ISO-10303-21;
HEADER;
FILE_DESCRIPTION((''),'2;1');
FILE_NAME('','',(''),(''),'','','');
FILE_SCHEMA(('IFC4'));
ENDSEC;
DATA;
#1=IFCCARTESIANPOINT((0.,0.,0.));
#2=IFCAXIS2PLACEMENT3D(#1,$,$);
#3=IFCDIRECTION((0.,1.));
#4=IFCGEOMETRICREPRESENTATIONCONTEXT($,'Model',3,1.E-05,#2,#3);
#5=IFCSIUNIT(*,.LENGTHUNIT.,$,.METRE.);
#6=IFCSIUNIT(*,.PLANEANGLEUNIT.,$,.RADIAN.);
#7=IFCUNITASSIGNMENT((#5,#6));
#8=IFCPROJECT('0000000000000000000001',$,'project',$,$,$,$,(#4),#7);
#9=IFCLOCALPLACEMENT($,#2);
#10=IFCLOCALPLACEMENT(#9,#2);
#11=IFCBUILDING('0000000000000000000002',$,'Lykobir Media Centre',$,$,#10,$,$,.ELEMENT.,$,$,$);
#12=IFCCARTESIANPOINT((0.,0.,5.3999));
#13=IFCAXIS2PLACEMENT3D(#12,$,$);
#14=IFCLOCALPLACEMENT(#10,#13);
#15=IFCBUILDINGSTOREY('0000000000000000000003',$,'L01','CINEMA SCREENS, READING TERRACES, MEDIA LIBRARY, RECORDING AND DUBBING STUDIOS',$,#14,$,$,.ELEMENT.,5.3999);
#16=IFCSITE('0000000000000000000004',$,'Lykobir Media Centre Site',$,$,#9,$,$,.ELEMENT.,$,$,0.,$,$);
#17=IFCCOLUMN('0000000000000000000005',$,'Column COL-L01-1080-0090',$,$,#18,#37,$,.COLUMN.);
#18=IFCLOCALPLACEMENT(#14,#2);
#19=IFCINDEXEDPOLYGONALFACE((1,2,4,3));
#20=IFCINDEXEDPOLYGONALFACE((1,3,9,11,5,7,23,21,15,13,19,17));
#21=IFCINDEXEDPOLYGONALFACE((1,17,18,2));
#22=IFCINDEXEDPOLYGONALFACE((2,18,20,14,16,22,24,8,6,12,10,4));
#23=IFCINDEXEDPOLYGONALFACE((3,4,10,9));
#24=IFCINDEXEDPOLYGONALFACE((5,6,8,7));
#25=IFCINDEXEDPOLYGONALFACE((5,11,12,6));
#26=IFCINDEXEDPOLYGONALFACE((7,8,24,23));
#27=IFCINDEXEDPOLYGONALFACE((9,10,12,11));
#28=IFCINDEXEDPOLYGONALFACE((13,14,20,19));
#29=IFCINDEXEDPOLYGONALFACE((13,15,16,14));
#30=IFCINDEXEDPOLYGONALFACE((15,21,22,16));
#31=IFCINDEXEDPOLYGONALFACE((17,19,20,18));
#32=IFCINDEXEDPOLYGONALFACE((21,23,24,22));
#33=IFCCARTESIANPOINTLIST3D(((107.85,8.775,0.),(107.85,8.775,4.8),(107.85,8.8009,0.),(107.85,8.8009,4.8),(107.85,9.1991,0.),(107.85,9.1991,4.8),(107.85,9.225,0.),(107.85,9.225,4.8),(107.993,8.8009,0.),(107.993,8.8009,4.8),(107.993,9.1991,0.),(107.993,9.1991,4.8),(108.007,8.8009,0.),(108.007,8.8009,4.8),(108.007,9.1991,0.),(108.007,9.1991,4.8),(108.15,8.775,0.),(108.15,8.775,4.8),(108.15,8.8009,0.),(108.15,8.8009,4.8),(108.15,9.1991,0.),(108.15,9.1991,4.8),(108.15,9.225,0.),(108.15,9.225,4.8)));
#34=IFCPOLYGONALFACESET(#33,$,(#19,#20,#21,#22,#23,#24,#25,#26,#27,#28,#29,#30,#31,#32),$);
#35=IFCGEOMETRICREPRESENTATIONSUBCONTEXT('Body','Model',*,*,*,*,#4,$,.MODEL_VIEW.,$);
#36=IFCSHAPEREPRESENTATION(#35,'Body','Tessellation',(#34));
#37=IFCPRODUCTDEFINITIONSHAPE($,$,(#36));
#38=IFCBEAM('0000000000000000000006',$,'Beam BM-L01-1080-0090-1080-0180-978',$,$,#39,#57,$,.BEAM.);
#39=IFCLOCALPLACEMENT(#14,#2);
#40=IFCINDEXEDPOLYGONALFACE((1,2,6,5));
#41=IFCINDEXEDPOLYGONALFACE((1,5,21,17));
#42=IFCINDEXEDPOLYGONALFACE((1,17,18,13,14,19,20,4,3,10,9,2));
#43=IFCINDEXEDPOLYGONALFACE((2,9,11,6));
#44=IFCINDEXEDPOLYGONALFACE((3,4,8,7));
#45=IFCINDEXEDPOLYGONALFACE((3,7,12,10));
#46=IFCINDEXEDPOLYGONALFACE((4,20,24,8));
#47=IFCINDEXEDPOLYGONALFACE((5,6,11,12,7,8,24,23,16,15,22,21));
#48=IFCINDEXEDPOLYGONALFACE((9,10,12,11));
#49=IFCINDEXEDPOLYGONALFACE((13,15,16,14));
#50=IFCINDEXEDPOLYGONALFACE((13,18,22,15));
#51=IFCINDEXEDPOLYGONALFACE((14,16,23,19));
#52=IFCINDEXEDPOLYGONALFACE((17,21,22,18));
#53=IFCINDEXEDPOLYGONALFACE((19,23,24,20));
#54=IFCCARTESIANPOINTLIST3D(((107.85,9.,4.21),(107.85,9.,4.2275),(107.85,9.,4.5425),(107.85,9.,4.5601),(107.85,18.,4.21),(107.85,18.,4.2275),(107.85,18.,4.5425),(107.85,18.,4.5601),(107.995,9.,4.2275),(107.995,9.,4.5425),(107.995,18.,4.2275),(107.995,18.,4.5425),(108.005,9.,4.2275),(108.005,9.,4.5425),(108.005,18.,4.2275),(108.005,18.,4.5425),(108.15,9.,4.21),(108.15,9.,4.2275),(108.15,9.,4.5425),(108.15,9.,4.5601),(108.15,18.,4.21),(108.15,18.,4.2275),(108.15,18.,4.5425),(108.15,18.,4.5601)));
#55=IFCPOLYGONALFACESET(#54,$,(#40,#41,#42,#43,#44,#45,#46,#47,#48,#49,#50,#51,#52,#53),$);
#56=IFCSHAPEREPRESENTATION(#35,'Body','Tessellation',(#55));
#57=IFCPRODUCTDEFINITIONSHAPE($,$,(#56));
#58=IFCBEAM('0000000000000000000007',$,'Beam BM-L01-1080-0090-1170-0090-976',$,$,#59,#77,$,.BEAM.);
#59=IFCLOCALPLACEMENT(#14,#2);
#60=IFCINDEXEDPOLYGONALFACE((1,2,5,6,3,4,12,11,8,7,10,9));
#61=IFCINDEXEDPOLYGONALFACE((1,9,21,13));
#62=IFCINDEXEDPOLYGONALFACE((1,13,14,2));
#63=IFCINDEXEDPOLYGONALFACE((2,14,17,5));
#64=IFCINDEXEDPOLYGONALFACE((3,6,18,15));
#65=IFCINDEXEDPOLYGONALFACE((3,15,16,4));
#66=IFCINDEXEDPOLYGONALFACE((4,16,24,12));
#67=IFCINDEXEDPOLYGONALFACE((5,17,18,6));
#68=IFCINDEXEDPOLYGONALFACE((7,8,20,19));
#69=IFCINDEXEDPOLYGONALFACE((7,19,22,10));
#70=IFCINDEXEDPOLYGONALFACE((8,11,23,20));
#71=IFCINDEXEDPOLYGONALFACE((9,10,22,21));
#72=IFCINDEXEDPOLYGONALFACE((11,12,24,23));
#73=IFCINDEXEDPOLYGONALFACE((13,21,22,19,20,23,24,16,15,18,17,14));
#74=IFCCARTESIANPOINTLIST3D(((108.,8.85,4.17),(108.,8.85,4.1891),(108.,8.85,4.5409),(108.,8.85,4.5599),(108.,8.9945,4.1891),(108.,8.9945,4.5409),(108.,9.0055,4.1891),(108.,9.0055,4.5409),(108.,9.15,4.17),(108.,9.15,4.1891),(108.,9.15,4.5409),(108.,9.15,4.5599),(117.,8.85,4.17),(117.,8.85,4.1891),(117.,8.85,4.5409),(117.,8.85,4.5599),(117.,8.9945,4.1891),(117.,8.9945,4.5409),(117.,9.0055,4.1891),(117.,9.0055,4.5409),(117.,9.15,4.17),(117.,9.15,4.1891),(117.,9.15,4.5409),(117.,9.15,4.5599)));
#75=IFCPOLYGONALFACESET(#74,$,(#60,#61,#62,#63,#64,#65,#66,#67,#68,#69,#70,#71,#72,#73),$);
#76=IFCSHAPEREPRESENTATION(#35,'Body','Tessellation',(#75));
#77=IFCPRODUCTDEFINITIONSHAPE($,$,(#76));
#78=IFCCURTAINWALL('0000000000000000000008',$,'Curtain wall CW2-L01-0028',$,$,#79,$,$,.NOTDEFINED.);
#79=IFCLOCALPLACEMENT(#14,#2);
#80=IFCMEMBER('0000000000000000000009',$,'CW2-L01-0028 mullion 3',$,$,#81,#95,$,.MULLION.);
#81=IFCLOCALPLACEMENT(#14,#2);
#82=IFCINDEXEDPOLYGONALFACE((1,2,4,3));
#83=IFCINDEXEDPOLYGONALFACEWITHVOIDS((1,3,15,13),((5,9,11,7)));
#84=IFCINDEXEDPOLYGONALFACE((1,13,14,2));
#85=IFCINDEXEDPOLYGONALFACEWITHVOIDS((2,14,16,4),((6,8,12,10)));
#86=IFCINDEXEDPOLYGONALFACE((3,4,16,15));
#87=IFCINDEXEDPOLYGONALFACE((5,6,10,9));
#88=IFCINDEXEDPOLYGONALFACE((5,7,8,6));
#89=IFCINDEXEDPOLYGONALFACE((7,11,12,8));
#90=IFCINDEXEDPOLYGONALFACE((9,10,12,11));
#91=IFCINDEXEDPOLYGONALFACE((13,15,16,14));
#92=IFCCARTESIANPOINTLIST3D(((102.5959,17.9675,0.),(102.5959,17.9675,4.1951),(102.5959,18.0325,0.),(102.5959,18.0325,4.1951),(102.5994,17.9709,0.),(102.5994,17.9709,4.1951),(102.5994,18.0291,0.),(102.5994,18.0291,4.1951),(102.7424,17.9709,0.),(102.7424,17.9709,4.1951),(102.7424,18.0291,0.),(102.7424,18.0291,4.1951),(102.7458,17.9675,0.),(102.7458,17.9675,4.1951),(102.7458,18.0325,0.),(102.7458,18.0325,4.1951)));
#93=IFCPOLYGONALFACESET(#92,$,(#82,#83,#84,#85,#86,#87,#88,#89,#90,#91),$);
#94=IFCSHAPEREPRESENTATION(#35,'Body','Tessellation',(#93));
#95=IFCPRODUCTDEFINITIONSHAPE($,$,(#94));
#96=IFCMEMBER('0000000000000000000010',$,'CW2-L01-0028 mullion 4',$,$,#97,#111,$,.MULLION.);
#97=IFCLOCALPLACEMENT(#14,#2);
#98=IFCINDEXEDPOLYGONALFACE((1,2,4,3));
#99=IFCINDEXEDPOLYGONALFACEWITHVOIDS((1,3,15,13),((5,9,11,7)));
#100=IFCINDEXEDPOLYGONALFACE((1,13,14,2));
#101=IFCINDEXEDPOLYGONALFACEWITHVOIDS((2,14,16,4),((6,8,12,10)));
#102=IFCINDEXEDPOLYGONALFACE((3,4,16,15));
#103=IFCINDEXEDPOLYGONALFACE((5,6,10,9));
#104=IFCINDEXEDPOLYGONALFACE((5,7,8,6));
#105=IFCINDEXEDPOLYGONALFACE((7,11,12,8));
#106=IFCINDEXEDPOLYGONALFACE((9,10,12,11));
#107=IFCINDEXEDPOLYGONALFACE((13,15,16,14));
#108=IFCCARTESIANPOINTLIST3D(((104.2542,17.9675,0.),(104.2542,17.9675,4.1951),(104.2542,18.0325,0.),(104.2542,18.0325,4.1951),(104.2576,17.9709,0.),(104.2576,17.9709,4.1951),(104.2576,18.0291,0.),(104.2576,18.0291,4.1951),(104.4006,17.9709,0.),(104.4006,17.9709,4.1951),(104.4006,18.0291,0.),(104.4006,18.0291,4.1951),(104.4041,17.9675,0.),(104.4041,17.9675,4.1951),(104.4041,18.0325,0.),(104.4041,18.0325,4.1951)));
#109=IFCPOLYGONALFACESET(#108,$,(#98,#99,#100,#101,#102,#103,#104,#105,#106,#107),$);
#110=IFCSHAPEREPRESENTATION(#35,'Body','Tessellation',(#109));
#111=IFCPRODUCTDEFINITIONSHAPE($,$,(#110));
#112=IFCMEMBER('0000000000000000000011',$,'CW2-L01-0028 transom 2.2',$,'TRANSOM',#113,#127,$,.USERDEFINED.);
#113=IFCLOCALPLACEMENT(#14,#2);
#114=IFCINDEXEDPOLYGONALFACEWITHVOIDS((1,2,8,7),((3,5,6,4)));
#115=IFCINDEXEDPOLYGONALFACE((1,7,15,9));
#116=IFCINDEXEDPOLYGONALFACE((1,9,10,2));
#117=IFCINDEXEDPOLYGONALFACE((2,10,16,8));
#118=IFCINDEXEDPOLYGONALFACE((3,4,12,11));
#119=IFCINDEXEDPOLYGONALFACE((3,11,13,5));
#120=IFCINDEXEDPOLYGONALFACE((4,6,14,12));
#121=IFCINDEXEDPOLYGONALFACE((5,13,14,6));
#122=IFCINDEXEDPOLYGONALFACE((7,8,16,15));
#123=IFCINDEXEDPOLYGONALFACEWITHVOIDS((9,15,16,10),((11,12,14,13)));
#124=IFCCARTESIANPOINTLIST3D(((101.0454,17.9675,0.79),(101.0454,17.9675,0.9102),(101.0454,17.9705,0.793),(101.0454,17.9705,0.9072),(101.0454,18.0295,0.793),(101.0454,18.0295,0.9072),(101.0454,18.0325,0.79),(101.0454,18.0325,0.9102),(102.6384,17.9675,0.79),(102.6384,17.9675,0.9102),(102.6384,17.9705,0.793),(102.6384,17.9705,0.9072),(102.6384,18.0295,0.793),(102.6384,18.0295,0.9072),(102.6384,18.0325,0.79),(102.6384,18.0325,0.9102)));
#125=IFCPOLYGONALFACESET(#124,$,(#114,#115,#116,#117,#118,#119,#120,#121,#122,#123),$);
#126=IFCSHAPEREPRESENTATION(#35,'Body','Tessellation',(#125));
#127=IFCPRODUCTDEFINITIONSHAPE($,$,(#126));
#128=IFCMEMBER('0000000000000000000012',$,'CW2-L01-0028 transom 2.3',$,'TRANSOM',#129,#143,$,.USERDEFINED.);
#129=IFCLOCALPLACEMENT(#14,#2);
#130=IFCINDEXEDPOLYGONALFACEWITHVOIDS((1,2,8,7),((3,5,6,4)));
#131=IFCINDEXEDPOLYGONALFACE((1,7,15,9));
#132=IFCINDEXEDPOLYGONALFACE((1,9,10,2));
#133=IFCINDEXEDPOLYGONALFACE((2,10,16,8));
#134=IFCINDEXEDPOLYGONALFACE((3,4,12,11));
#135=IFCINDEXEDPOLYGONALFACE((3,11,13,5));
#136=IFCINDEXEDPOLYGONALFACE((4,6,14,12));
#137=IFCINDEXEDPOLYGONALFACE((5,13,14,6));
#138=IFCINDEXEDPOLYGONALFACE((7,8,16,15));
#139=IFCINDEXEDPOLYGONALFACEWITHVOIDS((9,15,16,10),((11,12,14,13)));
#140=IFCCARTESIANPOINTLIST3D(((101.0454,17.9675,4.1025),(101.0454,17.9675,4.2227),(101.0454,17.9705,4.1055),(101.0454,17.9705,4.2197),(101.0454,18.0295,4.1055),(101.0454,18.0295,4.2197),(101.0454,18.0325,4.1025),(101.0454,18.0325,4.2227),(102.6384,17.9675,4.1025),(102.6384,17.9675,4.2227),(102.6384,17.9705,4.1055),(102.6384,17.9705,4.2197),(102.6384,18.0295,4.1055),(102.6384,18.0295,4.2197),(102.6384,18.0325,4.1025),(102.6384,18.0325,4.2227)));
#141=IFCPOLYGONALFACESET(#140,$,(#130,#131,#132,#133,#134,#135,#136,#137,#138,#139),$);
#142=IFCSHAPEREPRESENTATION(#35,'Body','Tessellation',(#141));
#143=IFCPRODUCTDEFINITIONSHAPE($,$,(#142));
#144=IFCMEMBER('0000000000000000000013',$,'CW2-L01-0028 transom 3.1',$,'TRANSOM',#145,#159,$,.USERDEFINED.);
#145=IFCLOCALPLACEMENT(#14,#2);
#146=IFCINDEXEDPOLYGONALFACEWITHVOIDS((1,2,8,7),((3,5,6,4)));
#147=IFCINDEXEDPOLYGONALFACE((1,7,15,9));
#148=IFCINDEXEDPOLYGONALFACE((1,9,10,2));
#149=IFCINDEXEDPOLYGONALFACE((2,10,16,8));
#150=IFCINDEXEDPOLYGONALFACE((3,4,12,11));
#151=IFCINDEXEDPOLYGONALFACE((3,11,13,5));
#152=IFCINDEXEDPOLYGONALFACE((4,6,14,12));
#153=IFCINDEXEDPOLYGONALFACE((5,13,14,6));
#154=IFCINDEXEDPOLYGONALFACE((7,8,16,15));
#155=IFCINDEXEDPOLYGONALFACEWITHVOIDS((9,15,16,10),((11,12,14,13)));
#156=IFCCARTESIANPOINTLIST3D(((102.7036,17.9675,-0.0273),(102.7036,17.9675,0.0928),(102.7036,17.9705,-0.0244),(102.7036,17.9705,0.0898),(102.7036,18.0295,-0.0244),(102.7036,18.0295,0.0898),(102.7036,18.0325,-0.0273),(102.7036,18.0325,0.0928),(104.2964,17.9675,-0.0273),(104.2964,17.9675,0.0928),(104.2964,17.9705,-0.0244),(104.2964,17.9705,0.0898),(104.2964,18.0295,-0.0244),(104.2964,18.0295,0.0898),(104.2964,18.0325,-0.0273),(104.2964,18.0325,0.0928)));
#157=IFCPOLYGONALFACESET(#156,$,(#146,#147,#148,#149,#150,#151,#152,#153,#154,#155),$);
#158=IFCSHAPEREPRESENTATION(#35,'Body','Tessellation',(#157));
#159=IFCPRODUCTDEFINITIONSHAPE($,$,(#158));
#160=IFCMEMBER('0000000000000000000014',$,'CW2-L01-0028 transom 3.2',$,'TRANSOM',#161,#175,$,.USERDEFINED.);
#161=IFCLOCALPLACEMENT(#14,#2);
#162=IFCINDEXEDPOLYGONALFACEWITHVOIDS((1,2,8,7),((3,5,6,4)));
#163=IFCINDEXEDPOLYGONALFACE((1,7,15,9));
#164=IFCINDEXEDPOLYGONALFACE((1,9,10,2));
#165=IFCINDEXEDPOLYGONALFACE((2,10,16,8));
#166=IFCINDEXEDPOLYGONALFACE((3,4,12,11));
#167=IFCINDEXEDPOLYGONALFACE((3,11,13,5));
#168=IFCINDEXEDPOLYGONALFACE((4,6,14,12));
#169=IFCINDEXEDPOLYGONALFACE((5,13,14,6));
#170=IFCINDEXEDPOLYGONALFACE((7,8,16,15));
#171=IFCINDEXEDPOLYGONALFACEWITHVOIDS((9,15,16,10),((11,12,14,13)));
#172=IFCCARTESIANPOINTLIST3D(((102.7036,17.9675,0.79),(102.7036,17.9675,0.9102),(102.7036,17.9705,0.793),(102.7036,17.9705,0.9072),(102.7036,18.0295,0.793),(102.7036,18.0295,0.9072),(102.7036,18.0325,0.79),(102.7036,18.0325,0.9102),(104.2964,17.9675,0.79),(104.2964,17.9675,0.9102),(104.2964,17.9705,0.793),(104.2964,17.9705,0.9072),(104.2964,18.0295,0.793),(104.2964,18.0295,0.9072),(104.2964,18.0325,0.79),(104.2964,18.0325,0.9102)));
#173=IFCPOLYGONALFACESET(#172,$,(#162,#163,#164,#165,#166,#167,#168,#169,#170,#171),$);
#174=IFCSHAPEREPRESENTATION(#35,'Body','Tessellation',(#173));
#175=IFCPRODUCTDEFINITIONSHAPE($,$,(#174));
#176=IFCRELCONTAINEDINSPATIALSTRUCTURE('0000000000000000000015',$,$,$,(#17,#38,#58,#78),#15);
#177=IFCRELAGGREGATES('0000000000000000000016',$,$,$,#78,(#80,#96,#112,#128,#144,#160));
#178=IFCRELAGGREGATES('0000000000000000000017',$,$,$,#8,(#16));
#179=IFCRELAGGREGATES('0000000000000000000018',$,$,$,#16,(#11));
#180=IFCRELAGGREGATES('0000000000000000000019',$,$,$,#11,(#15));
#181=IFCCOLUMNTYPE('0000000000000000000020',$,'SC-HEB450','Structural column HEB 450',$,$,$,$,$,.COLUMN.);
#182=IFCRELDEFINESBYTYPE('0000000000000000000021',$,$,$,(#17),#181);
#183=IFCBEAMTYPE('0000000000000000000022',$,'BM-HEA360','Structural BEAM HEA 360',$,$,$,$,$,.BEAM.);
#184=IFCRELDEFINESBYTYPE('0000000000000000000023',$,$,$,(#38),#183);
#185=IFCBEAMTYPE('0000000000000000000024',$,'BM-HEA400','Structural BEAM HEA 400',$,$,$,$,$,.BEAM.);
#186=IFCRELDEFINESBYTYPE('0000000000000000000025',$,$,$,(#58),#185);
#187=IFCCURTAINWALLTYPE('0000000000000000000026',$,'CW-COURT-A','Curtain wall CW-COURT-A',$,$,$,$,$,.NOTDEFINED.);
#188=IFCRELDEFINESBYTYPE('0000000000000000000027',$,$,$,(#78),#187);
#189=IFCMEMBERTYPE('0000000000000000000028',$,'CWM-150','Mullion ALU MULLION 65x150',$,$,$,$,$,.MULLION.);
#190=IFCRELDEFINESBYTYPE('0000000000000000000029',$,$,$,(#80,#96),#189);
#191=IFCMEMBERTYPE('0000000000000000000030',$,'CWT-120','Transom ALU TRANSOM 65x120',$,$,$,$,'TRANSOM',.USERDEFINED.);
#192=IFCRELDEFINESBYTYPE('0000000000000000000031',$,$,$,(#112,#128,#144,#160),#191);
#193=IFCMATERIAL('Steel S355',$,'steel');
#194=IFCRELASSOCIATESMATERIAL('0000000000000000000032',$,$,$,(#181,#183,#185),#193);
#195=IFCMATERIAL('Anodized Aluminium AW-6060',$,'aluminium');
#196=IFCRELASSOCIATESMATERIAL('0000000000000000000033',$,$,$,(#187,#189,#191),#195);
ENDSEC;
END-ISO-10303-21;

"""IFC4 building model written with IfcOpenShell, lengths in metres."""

from ifc_helpers import new_model, si_unit, direction, frame, origin, origin_2d, place, context, subcontext, project, spatial, hollow_rectangle, i_section, extrude, material, material_profile, profile_set, type_object, element, aggregate, save


model = new_model("IFC4")

# Units and contexts
model_context = context("Model", 3, precision=1e-05, world=origin(), true_north=direction((0.0, 1.0)))
body_context = subcontext(model_context, "Body", "Model", "MODEL_VIEW")
ifc_project = project(units=[si_unit("LENGTHUNIT", "METRE"), si_unit("PLANEANGLEUNIT", "RADIAN")], contexts=[model_context])

# Site, building, storey
site_placement = place(None, origin())
site = spatial("IfcSite", under=ifc_project, at=site_placement, Name="Lykobir Media Centre Site", CompositionType="ELEMENT", RefElevation=0.0)
building_placement = place(site_placement, origin())
building = spatial("IfcBuilding", under=site, at=building_placement, Name="Lykobir Media Centre", CompositionType="ELEMENT")
storey_placement = place(building_placement, frame((0.0, 0.0, 5.3999)))
storey = spatial("IfcBuildingStorey", under=building, at=storey_placement, Name="L01", Description="CINEMA SCREENS, READING TERRACES, MEDIA LIBRARY, RECORDING AND DUBBING STUDIOS", CompositionType="ELEMENT", Elevation=5.3999)

# Column
ifc_material_1 = material(Name="Steel S355", Category="steel")
ifc_material_profile_1 = material_profile(ifc_material_1, i_section(OverallWidth=0.3, OverallDepth=0.45, WebThickness=0.0139, FlangeThickness=0.0259, at=origin_2d()), Name="HEB 450")
ifc_profile_set_1 = profile_set([ifc_material_profile_1], Name="Steel S355")
column_type = type_object("IfcColumnType", Name="SC-HEB450", Description="Structural column HEB 450", PredefinedType="COLUMN", material=ifc_profile_set_1)
column_placement = place(storey_placement, frame((108.0, 9.0, 0.0), z_axis=(0.0, 0.0, 1.0), x_axis=(1.0, 0.0, 0.0)))
element("IfcColumn", 1, at=column_placement, inside=storey, type_object=column_type, Name="Column COL-L01-1080-0090", PredefinedType="COLUMN", context=body_context, shape_type="SweptSolid", body=[
    extrude(i_section(OverallWidth=0.3, OverallDepth=0.45, WebThickness=0.0139, FlangeThickness=0.0259, at=origin_2d()), origin(), (0.0, 0.0, 1.0), 4.8),
])

# Beams
ifc_material_profile_2 = material_profile(ifc_material_1, i_section(OverallWidth=0.3, OverallDepth=0.3501, WebThickness=0.01, FlangeThickness=0.0176, at=origin_2d()), Name="HEA 360")
ifc_profile_set_2 = profile_set([ifc_material_profile_2], Name="Steel S355")
beam_type_1 = type_object("IfcBeamType", Name="BM-HEA360", Description="Structural BEAM HEA 360", PredefinedType="BEAM", material=ifc_profile_set_2)
beam_1_placement = place(storey_placement, frame((108.0, 9.0, 4.385), z_axis=(0.0, 1.0, 0.0), x_axis=(-1.0, 0.0, 0.0)))
element("IfcBeam", 2, at=beam_1_placement, inside=storey, type_object=beam_type_1, Name="Beam BM-L01-1080-0090-1080-0180-978", PredefinedType="BEAM", context=body_context, shape_type="SweptSolid", body=[
    extrude(i_section(OverallWidth=0.3, OverallDepth=0.3501, WebThickness=0.01, FlangeThickness=0.0176, at=origin_2d()), origin(), (0.0, 0.0, 1.0), 9.0),
])
ifc_material_profile_3 = material_profile(ifc_material_1, i_section(OverallWidth=0.3, OverallDepth=0.3899, WebThickness=0.011, FlangeThickness=0.019, at=origin_2d()), Name="HEA 400")
ifc_profile_set_3 = profile_set([ifc_material_profile_3], Name="Steel S355")
beam_type_2 = type_object("IfcBeamType", Name="BM-HEA400", Description="Structural BEAM HEA 400", PredefinedType="BEAM", material=ifc_profile_set_3)
beam_2_placement = place(storey_placement, frame((108.0, 9.0, 4.365), z_axis=(1.0, 0.0, 0.0), x_axis=(0.0, 1.0, 0.0)))
element("IfcBeam", 3, at=beam_2_placement, inside=storey, type_object=beam_type_2, Name="Beam BM-L01-1080-0090-1170-0090-976", PredefinedType="BEAM", context=body_context, shape_type="SweptSolid", body=[
    extrude(i_section(OverallWidth=0.3, OverallDepth=0.3899, WebThickness=0.011, FlangeThickness=0.019, at=origin_2d()), origin(), (0.0, 0.0, 1.0), 9.0),
])

# Curtain wall, members
ifc_material_2 = material(Name="Anodized Aluminium AW-6060", Category="aluminium")
curtain_wall_type = type_object("IfcCurtainWallType", Name="CW-COURT-A", Description="Curtain wall CW-COURT-A", PredefinedType="NOTDEFINED", material=ifc_material_2)
curtain_wall_placement = place(storey_placement, origin())
curtain_wall = element("IfcCurtainWall", 4, at=curtain_wall_placement, inside=storey, type_object=curtain_wall_type, Name="Curtain wall CW2-L01-0028", PredefinedType="NOTDEFINED")
ifc_material_profile_4 = material_profile(ifc_material_2, hollow_rectangle(XDim=0.0649, YDim=0.1499, WallThickness=0.0034, at=origin_2d()), Name="ALU MULLION 65x150")
ifc_profile_set_4 = profile_set([ifc_material_profile_4], Name="Anodized Aluminium AW-6060")
member_type_1 = type_object("IfcMemberType", Name="CWM-150", Description="Mullion ALU MULLION 65x150", PredefinedType="MULLION", material=ifc_profile_set_4)
member_1_placement = place(storey_placement, frame((102.6709, 18.0, 0.0), z_axis=(0.0, 0.0, 1.0), x_axis=(0.0, 1.0, 0.0)))
member_1 = element("IfcMember", 5, at=member_1_placement, type_object=member_type_1, Name="CW2-L01-0028 mullion 3", PredefinedType="MULLION", context=body_context, shape_type="SweptSolid", body=[
    extrude(hollow_rectangle(XDim=0.0649, YDim=0.1499, WallThickness=0.0034, at=origin_2d()), origin(), (0.0, 0.0, 1.0), 4.1951),
])
member_2_placement = place(storey_placement, frame((104.3291, 18.0, 0.0), z_axis=(0.0, 0.0, 1.0), x_axis=(0.0, 1.0, 0.0)))
member_2 = element("IfcMember", 6, at=member_2_placement, type_object=member_type_1, Name="CW2-L01-0028 mullion 4", PredefinedType="MULLION", context=body_context, shape_type="SweptSolid", body=[
    extrude(hollow_rectangle(XDim=0.0649, YDim=0.1499, WallThickness=0.0034, at=origin_2d()), origin(), (0.0, 0.0, 1.0), 4.1951),
])
ifc_material_profile_5 = material_profile(ifc_material_2, hollow_rectangle(XDim=0.0649, YDim=0.1201, WallThickness=0.0029, at=origin_2d()), Name="ALU TRANSOM 65x120")
ifc_profile_set_5 = profile_set([ifc_material_profile_5], Name="Anodized Aluminium AW-6060")
member_type_2 = type_object("IfcMemberType", Name="CWT-120", Description="Transom ALU TRANSOM 65x120", ElementType="TRANSOM", PredefinedType="USERDEFINED", material=ifc_profile_set_5)
member_3_placement = place(storey_placement, frame((101.0454, 18.0, 0.8501), z_axis=(1.0, 0.0, 0.0), x_axis=(0.0, 1.0, 0.0)))
member_3 = element("IfcMember", 7, at=member_3_placement, type_object=member_type_2, Name="CW2-L01-0028 transom 2.2", ObjectType="TRANSOM", PredefinedType="USERDEFINED", context=body_context, shape_type="SweptSolid", body=[
    extrude(hollow_rectangle(XDim=0.0649, YDim=0.1201, WallThickness=0.0029, at=origin_2d()), origin(), (0.0, 0.0, 1.0), 1.593),
])
member_4_placement = place(storey_placement, frame((101.0454, 18.0, 4.1626), z_axis=(1.0, 0.0, 0.0), x_axis=(0.0, 1.0, 0.0)))
member_4 = element("IfcMember", 8, at=member_4_placement, type_object=member_type_2, Name="CW2-L01-0028 transom 2.3", ObjectType="TRANSOM", PredefinedType="USERDEFINED", context=body_context, shape_type="SweptSolid", body=[
    extrude(hollow_rectangle(XDim=0.0649, YDim=0.1201, WallThickness=0.0029, at=origin_2d()), origin(), (0.0, 0.0, 1.0), 1.593),
])
member_5_placement = place(storey_placement, frame((102.7036, 18.0, 0.0327), z_axis=(1.0, 0.0, 0.0), x_axis=(0.0, 1.0, 0.0)))
member_5 = element("IfcMember", 9, at=member_5_placement, type_object=member_type_2, Name="CW2-L01-0028 transom 3.1", ObjectType="TRANSOM", PredefinedType="USERDEFINED", context=body_context, shape_type="SweptSolid", body=[
    extrude(hollow_rectangle(XDim=0.0649, YDim=0.1201, WallThickness=0.0029, at=origin_2d()), origin(), (0.0, 0.0, 1.0), 1.5928),
])
member_6_placement = place(storey_placement, frame((102.7036, 18.0, 0.8501), z_axis=(1.0, 0.0, 0.0), x_axis=(0.0, 1.0, 0.0)))
member_6 = element("IfcMember", 10, at=member_6_placement, type_object=member_type_2, Name="CW2-L01-0028 transom 3.2", ObjectType="TRANSOM", PredefinedType="USERDEFINED", context=body_context, shape_type="SweptSolid", body=[
    extrude(hollow_rectangle(XDim=0.0649, YDim=0.1201, WallThickness=0.0029, at=origin_2d()), origin(), (0.0, 0.0, 1.0), 1.5928),
])

aggregate(curtain_wall, [member_1, member_2, member_3, member_4, member_5, member_6])

save(model, "model.ifc")
